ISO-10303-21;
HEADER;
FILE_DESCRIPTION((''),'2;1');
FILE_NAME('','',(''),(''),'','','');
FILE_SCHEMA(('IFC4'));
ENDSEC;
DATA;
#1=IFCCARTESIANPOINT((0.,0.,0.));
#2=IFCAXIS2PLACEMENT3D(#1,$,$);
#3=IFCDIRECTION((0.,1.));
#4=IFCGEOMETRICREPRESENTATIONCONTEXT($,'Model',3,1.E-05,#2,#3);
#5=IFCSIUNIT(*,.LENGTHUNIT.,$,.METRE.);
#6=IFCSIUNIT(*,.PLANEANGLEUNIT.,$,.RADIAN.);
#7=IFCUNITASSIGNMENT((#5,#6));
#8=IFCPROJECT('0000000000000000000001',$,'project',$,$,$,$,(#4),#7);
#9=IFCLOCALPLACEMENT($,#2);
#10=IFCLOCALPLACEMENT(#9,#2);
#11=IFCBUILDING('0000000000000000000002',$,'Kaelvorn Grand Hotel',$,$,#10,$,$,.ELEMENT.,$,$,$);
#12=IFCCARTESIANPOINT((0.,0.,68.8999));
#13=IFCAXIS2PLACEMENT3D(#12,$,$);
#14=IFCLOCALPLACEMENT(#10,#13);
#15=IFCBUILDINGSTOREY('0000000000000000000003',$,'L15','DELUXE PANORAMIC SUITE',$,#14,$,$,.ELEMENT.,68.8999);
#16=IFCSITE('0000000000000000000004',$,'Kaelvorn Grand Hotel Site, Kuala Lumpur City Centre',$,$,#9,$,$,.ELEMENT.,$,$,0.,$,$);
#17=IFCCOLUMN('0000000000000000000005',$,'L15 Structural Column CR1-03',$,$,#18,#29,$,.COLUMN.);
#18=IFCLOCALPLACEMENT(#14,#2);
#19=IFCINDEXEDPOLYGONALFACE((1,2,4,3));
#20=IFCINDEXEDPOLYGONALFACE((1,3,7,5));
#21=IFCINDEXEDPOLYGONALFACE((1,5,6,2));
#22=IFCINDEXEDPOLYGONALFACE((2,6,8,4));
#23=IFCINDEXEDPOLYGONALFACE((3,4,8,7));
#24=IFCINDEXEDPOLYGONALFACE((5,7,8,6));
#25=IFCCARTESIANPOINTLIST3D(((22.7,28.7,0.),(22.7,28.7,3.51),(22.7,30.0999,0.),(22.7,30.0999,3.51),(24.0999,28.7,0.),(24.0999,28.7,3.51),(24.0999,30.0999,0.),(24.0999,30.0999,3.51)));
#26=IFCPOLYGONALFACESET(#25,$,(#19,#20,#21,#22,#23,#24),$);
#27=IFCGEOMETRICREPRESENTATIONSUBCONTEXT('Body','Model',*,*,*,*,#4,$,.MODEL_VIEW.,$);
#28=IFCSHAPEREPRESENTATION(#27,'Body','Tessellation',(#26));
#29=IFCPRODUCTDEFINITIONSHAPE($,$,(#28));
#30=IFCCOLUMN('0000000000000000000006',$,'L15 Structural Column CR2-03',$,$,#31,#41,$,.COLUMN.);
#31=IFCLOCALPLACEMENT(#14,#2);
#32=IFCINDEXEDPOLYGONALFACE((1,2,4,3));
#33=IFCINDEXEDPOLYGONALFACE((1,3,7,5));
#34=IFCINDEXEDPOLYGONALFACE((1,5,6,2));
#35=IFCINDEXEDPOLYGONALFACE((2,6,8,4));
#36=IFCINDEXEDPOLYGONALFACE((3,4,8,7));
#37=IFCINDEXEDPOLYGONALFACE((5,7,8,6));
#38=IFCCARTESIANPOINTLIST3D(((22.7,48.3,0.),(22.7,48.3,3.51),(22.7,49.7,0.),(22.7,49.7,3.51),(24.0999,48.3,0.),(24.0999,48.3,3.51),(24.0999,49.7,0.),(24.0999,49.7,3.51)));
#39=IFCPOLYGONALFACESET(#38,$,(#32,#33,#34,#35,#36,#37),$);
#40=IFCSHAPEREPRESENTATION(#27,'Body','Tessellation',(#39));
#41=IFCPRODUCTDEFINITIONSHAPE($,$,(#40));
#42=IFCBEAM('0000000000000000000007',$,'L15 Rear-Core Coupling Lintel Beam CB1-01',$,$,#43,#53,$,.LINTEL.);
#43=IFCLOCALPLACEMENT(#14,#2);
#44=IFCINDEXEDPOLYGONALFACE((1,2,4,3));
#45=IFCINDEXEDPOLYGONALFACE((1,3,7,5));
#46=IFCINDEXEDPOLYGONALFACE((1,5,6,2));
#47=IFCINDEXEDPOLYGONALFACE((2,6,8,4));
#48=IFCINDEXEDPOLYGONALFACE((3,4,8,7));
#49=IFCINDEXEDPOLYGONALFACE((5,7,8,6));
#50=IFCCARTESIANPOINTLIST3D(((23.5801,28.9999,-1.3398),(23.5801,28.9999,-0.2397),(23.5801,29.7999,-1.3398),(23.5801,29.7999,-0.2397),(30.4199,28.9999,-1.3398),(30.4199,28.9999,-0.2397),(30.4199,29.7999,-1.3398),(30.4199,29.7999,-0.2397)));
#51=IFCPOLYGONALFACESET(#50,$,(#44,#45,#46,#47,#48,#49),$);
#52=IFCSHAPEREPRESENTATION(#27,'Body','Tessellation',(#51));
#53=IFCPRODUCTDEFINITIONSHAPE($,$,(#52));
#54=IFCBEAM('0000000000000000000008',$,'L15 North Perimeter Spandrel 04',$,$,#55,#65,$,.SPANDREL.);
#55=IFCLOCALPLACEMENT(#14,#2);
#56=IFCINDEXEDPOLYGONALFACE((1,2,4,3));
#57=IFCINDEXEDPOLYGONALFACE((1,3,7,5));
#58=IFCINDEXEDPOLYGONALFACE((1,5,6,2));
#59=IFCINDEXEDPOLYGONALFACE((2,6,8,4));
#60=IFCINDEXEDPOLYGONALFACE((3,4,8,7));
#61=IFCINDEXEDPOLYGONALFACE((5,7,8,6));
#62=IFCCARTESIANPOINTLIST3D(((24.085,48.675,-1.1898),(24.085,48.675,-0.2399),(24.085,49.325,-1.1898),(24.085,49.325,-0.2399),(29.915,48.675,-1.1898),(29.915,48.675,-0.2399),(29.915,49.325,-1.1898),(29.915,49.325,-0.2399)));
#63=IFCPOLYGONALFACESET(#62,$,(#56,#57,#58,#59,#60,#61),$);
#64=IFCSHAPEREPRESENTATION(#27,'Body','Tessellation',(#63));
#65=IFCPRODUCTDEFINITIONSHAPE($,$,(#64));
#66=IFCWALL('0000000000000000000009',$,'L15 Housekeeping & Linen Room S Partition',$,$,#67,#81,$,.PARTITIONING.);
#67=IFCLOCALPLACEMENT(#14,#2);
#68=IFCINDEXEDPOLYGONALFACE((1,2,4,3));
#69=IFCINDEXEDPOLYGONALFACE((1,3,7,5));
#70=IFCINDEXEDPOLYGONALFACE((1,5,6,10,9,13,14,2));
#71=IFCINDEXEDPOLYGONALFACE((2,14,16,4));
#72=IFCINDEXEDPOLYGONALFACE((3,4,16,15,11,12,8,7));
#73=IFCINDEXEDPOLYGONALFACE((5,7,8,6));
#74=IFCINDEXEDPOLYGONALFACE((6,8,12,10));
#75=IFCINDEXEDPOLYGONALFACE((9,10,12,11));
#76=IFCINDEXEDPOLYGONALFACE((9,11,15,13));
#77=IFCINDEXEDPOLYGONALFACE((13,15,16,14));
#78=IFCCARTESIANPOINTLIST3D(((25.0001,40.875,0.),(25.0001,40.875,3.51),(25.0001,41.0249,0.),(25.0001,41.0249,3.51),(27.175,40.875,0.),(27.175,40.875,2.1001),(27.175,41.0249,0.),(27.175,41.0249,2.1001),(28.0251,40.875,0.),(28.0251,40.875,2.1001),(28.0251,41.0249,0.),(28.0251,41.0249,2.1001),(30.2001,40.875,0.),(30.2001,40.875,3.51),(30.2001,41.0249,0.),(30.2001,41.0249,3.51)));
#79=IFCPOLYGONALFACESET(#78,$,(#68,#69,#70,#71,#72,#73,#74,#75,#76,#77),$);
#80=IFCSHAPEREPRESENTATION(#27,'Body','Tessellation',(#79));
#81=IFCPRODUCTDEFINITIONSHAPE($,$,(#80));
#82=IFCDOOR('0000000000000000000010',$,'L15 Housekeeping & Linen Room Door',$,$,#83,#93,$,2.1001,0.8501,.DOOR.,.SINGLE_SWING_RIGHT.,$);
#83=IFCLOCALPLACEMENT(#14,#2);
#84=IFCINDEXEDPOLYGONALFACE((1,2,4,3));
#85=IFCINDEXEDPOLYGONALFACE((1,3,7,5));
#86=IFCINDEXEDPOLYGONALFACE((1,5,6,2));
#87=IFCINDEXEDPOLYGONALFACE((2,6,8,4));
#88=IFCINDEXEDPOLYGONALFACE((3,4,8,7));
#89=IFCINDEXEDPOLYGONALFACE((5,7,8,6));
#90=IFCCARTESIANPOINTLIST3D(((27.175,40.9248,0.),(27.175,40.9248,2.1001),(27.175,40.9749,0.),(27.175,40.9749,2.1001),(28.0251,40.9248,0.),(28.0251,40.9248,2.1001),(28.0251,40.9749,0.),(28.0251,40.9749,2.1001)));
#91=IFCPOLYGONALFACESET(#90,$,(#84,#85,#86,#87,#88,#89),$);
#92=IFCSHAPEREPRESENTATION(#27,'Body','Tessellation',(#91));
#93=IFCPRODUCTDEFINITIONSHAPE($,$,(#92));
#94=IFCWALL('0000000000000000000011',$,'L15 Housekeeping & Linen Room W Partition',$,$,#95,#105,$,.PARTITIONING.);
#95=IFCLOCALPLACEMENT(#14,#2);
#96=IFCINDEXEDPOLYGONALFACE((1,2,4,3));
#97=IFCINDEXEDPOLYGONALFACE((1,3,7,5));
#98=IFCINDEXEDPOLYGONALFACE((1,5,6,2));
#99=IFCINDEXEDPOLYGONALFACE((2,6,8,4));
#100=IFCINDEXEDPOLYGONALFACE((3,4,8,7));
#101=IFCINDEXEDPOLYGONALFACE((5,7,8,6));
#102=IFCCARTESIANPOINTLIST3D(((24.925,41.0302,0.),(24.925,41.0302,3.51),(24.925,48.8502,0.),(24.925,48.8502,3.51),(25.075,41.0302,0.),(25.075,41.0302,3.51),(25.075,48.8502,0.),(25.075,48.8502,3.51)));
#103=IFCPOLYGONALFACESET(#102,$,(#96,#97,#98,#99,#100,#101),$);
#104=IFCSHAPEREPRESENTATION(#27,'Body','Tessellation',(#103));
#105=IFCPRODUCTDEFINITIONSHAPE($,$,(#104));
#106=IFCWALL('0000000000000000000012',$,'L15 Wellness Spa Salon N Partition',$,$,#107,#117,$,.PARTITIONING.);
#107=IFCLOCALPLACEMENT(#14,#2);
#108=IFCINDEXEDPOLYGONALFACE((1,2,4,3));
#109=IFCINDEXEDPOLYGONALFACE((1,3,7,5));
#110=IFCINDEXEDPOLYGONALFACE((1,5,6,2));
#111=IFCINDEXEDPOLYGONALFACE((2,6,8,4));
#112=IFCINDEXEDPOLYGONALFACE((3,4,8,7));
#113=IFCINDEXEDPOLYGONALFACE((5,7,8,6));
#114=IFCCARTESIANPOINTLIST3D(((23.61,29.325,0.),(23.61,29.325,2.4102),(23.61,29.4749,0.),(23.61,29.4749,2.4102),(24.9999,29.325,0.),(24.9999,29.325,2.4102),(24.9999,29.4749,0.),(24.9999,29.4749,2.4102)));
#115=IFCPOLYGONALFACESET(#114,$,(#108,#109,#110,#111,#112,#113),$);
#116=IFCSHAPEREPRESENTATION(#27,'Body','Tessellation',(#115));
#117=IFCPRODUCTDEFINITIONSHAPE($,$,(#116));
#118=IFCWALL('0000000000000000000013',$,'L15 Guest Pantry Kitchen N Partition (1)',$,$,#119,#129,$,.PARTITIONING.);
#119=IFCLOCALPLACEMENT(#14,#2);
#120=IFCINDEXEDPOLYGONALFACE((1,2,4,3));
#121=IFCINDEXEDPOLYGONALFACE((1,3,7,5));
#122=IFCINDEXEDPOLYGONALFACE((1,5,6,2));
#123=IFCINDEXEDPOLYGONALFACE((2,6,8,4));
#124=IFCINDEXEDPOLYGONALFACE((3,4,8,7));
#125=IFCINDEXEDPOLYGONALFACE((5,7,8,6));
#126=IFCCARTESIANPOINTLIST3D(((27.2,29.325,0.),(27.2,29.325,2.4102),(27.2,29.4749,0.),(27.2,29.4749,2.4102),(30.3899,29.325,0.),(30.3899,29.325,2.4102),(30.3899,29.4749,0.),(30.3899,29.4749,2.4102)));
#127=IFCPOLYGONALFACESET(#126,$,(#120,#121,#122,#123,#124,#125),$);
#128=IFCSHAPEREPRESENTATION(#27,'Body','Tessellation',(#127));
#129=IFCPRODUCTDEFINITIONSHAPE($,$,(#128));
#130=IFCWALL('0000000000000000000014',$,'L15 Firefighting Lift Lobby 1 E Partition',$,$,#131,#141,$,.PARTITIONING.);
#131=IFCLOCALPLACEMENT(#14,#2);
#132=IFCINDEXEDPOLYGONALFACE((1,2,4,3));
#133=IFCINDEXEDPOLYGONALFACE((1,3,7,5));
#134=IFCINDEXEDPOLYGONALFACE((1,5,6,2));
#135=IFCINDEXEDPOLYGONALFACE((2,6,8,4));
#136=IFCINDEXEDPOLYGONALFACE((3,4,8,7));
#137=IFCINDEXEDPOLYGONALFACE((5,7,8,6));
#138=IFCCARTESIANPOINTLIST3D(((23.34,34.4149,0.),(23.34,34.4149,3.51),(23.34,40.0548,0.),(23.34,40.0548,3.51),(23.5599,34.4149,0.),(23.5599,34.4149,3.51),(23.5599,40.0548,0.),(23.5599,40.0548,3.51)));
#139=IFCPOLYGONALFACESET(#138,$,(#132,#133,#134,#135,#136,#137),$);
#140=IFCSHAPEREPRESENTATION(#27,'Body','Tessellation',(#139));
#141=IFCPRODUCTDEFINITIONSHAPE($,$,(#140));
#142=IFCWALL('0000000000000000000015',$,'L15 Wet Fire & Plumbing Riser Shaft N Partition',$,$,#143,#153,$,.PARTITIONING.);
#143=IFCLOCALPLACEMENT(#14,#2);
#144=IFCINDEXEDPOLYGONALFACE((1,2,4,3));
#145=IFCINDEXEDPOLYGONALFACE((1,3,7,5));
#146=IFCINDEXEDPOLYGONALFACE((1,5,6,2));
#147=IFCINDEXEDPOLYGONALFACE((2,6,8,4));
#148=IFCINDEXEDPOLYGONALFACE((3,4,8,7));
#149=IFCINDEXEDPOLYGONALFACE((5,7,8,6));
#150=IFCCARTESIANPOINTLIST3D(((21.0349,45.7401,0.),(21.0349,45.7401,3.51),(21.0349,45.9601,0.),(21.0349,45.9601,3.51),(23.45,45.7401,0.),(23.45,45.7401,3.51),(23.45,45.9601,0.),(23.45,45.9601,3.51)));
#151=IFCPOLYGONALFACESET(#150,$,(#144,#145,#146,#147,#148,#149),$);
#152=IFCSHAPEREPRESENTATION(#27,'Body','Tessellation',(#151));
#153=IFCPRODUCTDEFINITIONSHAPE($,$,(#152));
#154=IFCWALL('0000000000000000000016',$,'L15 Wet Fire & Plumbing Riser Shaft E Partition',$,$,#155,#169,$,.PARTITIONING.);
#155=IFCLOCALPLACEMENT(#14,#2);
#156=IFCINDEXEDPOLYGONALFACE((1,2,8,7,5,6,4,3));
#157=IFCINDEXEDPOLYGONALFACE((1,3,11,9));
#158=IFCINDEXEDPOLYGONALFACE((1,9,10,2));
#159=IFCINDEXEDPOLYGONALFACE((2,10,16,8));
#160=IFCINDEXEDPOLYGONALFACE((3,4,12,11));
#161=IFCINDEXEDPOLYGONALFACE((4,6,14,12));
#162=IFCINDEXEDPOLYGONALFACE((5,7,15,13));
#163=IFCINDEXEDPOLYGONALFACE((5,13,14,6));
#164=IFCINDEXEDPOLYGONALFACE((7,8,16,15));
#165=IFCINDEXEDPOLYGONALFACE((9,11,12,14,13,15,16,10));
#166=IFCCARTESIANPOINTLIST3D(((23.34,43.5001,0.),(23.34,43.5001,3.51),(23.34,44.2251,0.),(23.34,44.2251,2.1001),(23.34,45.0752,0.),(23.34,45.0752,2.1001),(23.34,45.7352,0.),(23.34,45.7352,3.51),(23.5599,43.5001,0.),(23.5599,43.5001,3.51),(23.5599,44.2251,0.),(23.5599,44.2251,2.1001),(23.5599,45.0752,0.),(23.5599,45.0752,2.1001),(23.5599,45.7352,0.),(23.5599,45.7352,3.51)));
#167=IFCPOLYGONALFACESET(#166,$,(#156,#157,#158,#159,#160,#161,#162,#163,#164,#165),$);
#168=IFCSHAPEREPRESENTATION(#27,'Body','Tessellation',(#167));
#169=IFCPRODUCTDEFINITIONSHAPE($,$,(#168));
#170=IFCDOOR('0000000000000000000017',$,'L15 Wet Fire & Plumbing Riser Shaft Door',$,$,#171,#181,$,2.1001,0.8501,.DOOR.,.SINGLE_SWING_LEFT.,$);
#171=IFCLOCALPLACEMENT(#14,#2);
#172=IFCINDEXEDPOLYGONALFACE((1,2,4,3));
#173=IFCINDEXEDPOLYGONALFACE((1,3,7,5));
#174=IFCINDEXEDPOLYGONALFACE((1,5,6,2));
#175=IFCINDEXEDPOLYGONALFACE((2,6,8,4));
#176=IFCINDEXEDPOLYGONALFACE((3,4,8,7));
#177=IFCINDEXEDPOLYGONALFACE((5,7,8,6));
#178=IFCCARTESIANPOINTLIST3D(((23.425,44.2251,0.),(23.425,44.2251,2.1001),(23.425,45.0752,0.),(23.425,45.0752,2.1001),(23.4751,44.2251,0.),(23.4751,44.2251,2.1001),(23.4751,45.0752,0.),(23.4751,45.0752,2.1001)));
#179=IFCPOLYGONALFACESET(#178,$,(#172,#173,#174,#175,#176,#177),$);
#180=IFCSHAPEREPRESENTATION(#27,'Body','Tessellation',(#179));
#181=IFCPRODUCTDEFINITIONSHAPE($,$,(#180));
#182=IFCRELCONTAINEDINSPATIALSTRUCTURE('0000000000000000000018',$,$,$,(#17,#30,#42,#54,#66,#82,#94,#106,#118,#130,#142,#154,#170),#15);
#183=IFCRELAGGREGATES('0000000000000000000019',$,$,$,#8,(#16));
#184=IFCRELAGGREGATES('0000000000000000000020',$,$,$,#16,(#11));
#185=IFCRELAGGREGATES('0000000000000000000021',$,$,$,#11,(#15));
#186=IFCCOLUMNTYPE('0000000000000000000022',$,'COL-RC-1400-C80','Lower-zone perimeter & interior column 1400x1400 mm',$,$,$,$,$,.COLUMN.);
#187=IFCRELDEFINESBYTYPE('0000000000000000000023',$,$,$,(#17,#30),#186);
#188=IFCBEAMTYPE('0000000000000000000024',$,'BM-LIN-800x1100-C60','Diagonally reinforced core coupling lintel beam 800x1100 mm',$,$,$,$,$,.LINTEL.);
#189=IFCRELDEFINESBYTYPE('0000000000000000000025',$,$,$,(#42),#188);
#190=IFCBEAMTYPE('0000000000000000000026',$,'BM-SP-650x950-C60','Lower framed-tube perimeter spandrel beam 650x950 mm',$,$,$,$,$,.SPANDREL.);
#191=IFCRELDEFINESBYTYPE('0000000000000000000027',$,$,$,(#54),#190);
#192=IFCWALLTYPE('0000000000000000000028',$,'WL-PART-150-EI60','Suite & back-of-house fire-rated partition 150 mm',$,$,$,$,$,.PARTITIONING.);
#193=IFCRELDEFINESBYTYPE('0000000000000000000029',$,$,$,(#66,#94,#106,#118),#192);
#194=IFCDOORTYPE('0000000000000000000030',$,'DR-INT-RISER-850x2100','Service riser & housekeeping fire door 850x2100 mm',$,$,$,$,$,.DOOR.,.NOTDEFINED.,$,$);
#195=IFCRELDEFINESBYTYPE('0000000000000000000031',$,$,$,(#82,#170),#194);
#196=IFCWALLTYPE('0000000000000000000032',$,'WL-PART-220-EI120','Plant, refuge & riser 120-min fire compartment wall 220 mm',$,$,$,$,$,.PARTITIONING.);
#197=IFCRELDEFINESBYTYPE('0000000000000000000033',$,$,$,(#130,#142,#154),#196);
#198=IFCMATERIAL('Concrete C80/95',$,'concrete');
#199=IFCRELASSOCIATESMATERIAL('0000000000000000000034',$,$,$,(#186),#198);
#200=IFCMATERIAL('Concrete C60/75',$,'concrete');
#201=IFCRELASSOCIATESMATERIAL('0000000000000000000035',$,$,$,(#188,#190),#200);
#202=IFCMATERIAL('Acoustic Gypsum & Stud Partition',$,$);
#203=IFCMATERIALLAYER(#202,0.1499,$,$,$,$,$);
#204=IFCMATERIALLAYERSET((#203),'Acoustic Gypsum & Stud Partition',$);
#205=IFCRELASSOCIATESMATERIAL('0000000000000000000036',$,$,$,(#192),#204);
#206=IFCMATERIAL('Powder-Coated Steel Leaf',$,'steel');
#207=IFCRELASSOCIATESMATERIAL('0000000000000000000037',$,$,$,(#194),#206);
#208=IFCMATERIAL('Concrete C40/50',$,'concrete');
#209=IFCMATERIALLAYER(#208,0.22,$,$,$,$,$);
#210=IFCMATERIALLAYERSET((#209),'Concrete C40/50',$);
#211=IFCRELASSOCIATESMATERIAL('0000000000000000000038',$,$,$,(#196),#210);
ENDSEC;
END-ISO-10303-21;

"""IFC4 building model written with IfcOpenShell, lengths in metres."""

from ifc_helpers import new_model, si_unit, direction, frame, frame_2d, origin, origin_2d, place, context, subcontext, project, spatial, rectangle, extrude, material, layer, layer_set, material_profile, profile_set, type_object, element, fill, save


model = new_model("IFC4")

# Units and contexts
model_context = context("Model", 3, precision=1e-05, world=origin(), true_north=direction((0.0, 1.0)))
body_context = subcontext(model_context, "Body", "Model", "MODEL_VIEW")
ifc_project = project(units=[si_unit("LENGTHUNIT", "METRE"), si_unit("PLANEANGLEUNIT", "RADIAN")], contexts=[model_context])

# Site, building, storey
site_placement = place(None, origin())
site = spatial("IfcSite", under=ifc_project, at=site_placement, Name="Kaelvorn Grand Hotel Site, Kuala Lumpur City Centre", CompositionType="ELEMENT", RefElevation=0.0)
building_placement = place(site_placement, origin())
building = spatial("IfcBuilding", under=site, at=building_placement, Name="Kaelvorn Grand Hotel", CompositionType="ELEMENT")
storey_placement = place(building_placement, frame((0.0, 0.0, 68.8999)))
storey = spatial("IfcBuildingStorey", under=building, at=storey_placement, Name="L15", Description="DELUXE PANORAMIC SUITE", CompositionType="ELEMENT", Elevation=68.8999)

# Columns
ifc_material_1 = material(Name="Concrete C80/95", Category="concrete")
ifc_material_profile_1 = material_profile(ifc_material_1, rectangle(XDim=1.3999, YDim=1.3999, at=origin_2d()), Name="RC COL 1400x1400")
ifc_profile_set_1 = profile_set([ifc_material_profile_1], Name="Concrete C80/95")
column_type = type_object("IfcColumnType", Name="COL-RC-1400-C80", Description="Lower-zone perimeter & interior column 1400x1400 mm", PredefinedType="COLUMN", material=ifc_profile_set_1)
for number, where, z_axis, x_axis, name in (
    (1, (23.3999, 29.3999, 0.0), (0.0, 0.0, 1.0), (1.0, 0.0, 0.0), "L15 Structural Column CR1-03"),
    (2, (23.3999, 49.0, 0.0), (0.0, 0.0, 1.0), (1.0, 0.0, 0.0), "L15 Structural Column CR2-03"),
):
    element("IfcColumn", number, at=place(storey_placement, frame(where, z_axis=z_axis, x_axis=x_axis)), inside=storey, type_object=column_type, Name=name, PredefinedType="COLUMN", context=body_context, shape_type="SweptSolid", body=[
        extrude(rectangle(XDim=1.3999, YDim=1.3999, at=origin_2d()), origin(), (0.0, 0.0, 1.0), 3.51),
    ])

# Beams
ifc_material_2 = material(Name="Concrete C60/75", Category="concrete")
ifc_material_profile_2 = material_profile(ifc_material_2, rectangle(XDim=0.8, YDim=1.1001, at=origin_2d()), Name="RC LINTEL 800x1100")
ifc_profile_set_2 = profile_set([ifc_material_profile_2], Name="Concrete C60/75")
beam_type_1 = type_object("IfcBeamType", Name="BM-LIN-800x1100-C60", Description="Diagonally reinforced core coupling lintel beam 800x1100 mm", PredefinedType="LINTEL", material=ifc_profile_set_2)
beam_1_placement = place(storey_placement, frame((23.5801, 29.3999, -0.7898), z_axis=(1.0, 0.0, 0.0), x_axis=(0.0, 1.0, 0.0)))
element("IfcBeam", 3, at=beam_1_placement, inside=storey, type_object=beam_type_1, Name="L15 Rear-Core Coupling Lintel Beam CB1-01", PredefinedType="LINTEL", context=body_context, shape_type="SweptSolid", body=[
    extrude(rectangle(XDim=0.8, YDim=1.1001, at=origin_2d()), origin(), (0.0, 0.0, 1.0), 6.8398),
])
ifc_material_profile_3 = material_profile(ifc_material_2, rectangle(XDim=0.6499, YDim=0.95, at=origin_2d()), Name="RC SPANDREL 650x950")
ifc_profile_set_3 = profile_set([ifc_material_profile_3], Name="Concrete C60/75")
beam_type_2 = type_object("IfcBeamType", Name="BM-SP-650x950-C60", Description="Lower framed-tube perimeter spandrel beam 650x950 mm", PredefinedType="SPANDREL", material=ifc_profile_set_3)
beam_2_placement = place(storey_placement, frame((24.085, 49.0, -0.7148), z_axis=(1.0, 0.0, 0.0), x_axis=(0.0, 1.0, 0.0)))
element("IfcBeam", 4, at=beam_2_placement, inside=storey, type_object=beam_type_2, Name="L15 North Perimeter Spandrel 04", PredefinedType="SPANDREL", context=body_context, shape_type="SweptSolid", body=[
    extrude(rectangle(XDim=0.6499, YDim=0.95, at=origin_2d()), origin(), (0.0, 0.0, 1.0), 5.8301),
])

# Wall, opening, door
ifc_material_3 = material(Name="Acoustic Gypsum & Stud Partition")
ifc_layer_1 = layer(ifc_material_3, 0.1499)
ifc_layer_set_1 = layer_set([ifc_layer_1], Name="Acoustic Gypsum & Stud Partition")
wall_type_1 = type_object("IfcWallType", Name="WL-PART-150-EI60", Description="Suite & back-of-house fire-rated partition 150 mm", PredefinedType="PARTITIONING", material=ifc_layer_set_1)
wall_1_placement = place(storey_placement, frame((25.0, 40.95, 0.0), z_axis=(0.0, 0.0, 1.0), x_axis=(1.0, 0.0, 0.0)))
wall_1 = element("IfcWall", 5, at=wall_1_placement, inside=storey, type_object=wall_type_1, Name="L15 Housekeeping & Linen Room S Partition", PredefinedType="PARTITIONING", context=body_context, shape_type="SweptSolid", body=[
    extrude(rectangle(XDim=5.2, YDim=0.1499, at=frame_2d((2.6001, 0.0))), origin(), (0.0, 0.0, 1.0), 3.51),
])
opening_1_placement = place(wall_1_placement, frame((2.175, 0.0, 0.0)))
opening_1 = element("IfcOpeningElement", 6, at=opening_1_placement, cuts=wall_1, PredefinedType="OPENING", context=body_context, shape_type="SweptSolid", body=[
    extrude(rectangle(XDim=0.8501, YDim=2.1001, at=frame_2d((0.425, 1.05))), frame((0.0, 0.085, 0.0), z_axis=(0.0, -1.0, 0.0), x_axis=(1.0, 0.0, 0.0)), (0.0, 0.0, 1.0), 0.1699),
])
ifc_material_4 = material(Name="Powder-Coated Steel Leaf", Category="steel")
door_type_1 = type_object("IfcDoorType", Name="DR-INT-RISER-850x2100", Description="Service riser & housekeeping fire door 850x2100 mm", OperationType="NOTDEFINED", PredefinedType="DOOR", material=ifc_material_4)
door_1_placement = place(opening_1_placement, origin())
door_1 = element("IfcDoor", 7, at=door_1_placement, inside=storey, type_object=door_type_1, Name="L15 Housekeeping & Linen Room Door", OperationType="SINGLE_SWING_RIGHT", OverallHeight=2.1001, OverallWidth=0.8501, PredefinedType="DOOR", context=body_context, shape_type="SweptSolid", body=[
    extrude(rectangle(XDim=0.8501, YDim=2.1001, at=frame_2d((0.425, 1.05))), frame((0.0, 0.0249, 0.0), z_axis=(0.0, -1.0, 0.0), x_axis=(1.0, 0.0, 0.0)), (0.0, 0.0, 1.0), 0.05),
])
fill(opening_1, door_1)

# Walls
wall_2_placement = place(storey_placement, frame((25.0, 41.03, 0.0), z_axis=(0.0, 0.0, 1.0), x_axis=(0.0, 1.0, 0.0)))
element("IfcWall", 8, at=wall_2_placement, inside=storey, type_object=wall_type_1, Name="L15 Housekeeping & Linen Room W Partition", PredefinedType="PARTITIONING", context=body_context, shape_type="SweptSolid", body=[
    extrude(rectangle(XDim=7.8201, YDim=0.1499, at=frame_2d((3.9102, 0.0))), origin(), (0.0, 0.0, 1.0), 3.51),
])
wall_3_placement = place(storey_placement, frame((23.6101, 29.3999, 0.0), z_axis=(0.0, 0.0, 1.0), x_axis=(1.0, 0.0, 0.0)))
element("IfcWall", 9, at=wall_3_placement, inside=storey, type_object=wall_type_1, Name="L15 Wellness Spa Salon N Partition", PredefinedType="PARTITIONING", context=body_context, shape_type="SweptSolid", body=[
    extrude(rectangle(XDim=1.3899, YDim=0.1499, at=frame_2d((0.6948, 0.0))), origin(), (0.0, 0.0, 1.0), 2.4102),
])
wall_4_placement = place(storey_placement, frame((27.2, 29.3999, 0.0), z_axis=(0.0, 0.0, 1.0), x_axis=(1.0, 0.0, 0.0)))
element("IfcWall", 10, at=wall_4_placement, inside=storey, type_object=wall_type_1, Name="L15 Guest Pantry Kitchen N Partition (1)", PredefinedType="PARTITIONING", context=body_context, shape_type="SweptSolid", body=[
    extrude(rectangle(XDim=3.1899, YDim=0.1499, at=frame_2d((1.595, 0.0))), origin(), (0.0, 0.0, 1.0), 2.4102),
])
ifc_material_5 = material(Name="Concrete C40/50", Category="concrete")
ifc_layer_2 = layer(ifc_material_5, 0.22)
ifc_layer_set_2 = layer_set([ifc_layer_2], Name="Concrete C40/50")
wall_type_2 = type_object("IfcWallType", Name="WL-PART-220-EI120", Description="Plant, refuge & riser 120-min fire compartment wall 220 mm", PredefinedType="PARTITIONING", material=ifc_layer_set_2)
wall_5_placement = place(storey_placement, frame((23.45, 34.415, 0.0), z_axis=(0.0, 0.0, 1.0), x_axis=(0.0, 1.0, 0.0)))
element("IfcWall", 11, at=wall_5_placement, inside=storey, type_object=wall_type_2, Name="L15 Firefighting Lift Lobby 1 E Partition", PredefinedType="PARTITIONING", context=body_context, shape_type="SweptSolid", body=[
    extrude(rectangle(XDim=5.6399, YDim=0.22, at=frame_2d((2.8198, 0.0))), origin(), (0.0, 0.0, 1.0), 3.51),
])
wall_6_placement = place(storey_placement, frame((21.0349, 45.8501, 0.0), z_axis=(0.0, 0.0, 1.0), x_axis=(1.0, 0.0, 0.0)))
element("IfcWall", 12, at=wall_6_placement, inside=storey, type_object=wall_type_2, Name="L15 Wet Fire & Plumbing Riser Shaft N Partition", PredefinedType="PARTITIONING", context=body_context, shape_type="SweptSolid", body=[
    extrude(rectangle(XDim=2.415, YDim=0.22, at=frame_2d((1.2075, 0.0))), origin(), (0.0, 0.0, 1.0), 3.51),
])

# Wall, opening, door
wall_7_placement = place(storey_placement, frame((23.45, 43.5, 0.0), z_axis=(0.0, 0.0, 1.0), x_axis=(0.0, 1.0, 0.0)))
wall_7 = element("IfcWall", 13, at=wall_7_placement, inside=storey, type_object=wall_type_2, Name="L15 Wet Fire & Plumbing Riser Shaft E Partition", PredefinedType="PARTITIONING", context=body_context, shape_type="SweptSolid", body=[
    extrude(rectangle(XDim=2.2351, YDim=0.22, at=frame_2d((1.1177, 0.0))), origin(), (0.0, 0.0, 1.0), 3.51),
])
opening_2_placement = place(wall_7_placement, frame((0.7251, 0.0, 0.0)))
opening_2 = element("IfcOpeningElement", 14, at=opening_2_placement, cuts=wall_7, PredefinedType="OPENING", context=body_context, shape_type="SweptSolid", body=[
    extrude(rectangle(XDim=0.8501, YDim=2.1001, at=frame_2d((0.425, 1.05))), frame((0.0, 0.1201, 0.0), z_axis=(0.0, -1.0, 0.0), x_axis=(1.0, 0.0, 0.0)), (0.0, 0.0, 1.0), 0.24),
])
door_2_placement = place(opening_2_placement, origin())
door_2 = element("IfcDoor", 15, at=door_2_placement, inside=storey, type_object=door_type_1, Name="L15 Wet Fire & Plumbing Riser Shaft Door", OperationType="SINGLE_SWING_LEFT", OverallHeight=2.1001, OverallWidth=0.8501, PredefinedType="DOOR", context=body_context, shape_type="SweptSolid", body=[
    extrude(rectangle(XDim=0.8501, YDim=2.1001, at=frame_2d((0.425, 1.05))), frame((0.0, 0.0249, 0.0), z_axis=(0.0, -1.0, 0.0), x_axis=(1.0, 0.0, 0.0)), (0.0, 0.0, 1.0), 0.05),
])
fill(opening_2, door_2)

save(model, "model.ifc")
